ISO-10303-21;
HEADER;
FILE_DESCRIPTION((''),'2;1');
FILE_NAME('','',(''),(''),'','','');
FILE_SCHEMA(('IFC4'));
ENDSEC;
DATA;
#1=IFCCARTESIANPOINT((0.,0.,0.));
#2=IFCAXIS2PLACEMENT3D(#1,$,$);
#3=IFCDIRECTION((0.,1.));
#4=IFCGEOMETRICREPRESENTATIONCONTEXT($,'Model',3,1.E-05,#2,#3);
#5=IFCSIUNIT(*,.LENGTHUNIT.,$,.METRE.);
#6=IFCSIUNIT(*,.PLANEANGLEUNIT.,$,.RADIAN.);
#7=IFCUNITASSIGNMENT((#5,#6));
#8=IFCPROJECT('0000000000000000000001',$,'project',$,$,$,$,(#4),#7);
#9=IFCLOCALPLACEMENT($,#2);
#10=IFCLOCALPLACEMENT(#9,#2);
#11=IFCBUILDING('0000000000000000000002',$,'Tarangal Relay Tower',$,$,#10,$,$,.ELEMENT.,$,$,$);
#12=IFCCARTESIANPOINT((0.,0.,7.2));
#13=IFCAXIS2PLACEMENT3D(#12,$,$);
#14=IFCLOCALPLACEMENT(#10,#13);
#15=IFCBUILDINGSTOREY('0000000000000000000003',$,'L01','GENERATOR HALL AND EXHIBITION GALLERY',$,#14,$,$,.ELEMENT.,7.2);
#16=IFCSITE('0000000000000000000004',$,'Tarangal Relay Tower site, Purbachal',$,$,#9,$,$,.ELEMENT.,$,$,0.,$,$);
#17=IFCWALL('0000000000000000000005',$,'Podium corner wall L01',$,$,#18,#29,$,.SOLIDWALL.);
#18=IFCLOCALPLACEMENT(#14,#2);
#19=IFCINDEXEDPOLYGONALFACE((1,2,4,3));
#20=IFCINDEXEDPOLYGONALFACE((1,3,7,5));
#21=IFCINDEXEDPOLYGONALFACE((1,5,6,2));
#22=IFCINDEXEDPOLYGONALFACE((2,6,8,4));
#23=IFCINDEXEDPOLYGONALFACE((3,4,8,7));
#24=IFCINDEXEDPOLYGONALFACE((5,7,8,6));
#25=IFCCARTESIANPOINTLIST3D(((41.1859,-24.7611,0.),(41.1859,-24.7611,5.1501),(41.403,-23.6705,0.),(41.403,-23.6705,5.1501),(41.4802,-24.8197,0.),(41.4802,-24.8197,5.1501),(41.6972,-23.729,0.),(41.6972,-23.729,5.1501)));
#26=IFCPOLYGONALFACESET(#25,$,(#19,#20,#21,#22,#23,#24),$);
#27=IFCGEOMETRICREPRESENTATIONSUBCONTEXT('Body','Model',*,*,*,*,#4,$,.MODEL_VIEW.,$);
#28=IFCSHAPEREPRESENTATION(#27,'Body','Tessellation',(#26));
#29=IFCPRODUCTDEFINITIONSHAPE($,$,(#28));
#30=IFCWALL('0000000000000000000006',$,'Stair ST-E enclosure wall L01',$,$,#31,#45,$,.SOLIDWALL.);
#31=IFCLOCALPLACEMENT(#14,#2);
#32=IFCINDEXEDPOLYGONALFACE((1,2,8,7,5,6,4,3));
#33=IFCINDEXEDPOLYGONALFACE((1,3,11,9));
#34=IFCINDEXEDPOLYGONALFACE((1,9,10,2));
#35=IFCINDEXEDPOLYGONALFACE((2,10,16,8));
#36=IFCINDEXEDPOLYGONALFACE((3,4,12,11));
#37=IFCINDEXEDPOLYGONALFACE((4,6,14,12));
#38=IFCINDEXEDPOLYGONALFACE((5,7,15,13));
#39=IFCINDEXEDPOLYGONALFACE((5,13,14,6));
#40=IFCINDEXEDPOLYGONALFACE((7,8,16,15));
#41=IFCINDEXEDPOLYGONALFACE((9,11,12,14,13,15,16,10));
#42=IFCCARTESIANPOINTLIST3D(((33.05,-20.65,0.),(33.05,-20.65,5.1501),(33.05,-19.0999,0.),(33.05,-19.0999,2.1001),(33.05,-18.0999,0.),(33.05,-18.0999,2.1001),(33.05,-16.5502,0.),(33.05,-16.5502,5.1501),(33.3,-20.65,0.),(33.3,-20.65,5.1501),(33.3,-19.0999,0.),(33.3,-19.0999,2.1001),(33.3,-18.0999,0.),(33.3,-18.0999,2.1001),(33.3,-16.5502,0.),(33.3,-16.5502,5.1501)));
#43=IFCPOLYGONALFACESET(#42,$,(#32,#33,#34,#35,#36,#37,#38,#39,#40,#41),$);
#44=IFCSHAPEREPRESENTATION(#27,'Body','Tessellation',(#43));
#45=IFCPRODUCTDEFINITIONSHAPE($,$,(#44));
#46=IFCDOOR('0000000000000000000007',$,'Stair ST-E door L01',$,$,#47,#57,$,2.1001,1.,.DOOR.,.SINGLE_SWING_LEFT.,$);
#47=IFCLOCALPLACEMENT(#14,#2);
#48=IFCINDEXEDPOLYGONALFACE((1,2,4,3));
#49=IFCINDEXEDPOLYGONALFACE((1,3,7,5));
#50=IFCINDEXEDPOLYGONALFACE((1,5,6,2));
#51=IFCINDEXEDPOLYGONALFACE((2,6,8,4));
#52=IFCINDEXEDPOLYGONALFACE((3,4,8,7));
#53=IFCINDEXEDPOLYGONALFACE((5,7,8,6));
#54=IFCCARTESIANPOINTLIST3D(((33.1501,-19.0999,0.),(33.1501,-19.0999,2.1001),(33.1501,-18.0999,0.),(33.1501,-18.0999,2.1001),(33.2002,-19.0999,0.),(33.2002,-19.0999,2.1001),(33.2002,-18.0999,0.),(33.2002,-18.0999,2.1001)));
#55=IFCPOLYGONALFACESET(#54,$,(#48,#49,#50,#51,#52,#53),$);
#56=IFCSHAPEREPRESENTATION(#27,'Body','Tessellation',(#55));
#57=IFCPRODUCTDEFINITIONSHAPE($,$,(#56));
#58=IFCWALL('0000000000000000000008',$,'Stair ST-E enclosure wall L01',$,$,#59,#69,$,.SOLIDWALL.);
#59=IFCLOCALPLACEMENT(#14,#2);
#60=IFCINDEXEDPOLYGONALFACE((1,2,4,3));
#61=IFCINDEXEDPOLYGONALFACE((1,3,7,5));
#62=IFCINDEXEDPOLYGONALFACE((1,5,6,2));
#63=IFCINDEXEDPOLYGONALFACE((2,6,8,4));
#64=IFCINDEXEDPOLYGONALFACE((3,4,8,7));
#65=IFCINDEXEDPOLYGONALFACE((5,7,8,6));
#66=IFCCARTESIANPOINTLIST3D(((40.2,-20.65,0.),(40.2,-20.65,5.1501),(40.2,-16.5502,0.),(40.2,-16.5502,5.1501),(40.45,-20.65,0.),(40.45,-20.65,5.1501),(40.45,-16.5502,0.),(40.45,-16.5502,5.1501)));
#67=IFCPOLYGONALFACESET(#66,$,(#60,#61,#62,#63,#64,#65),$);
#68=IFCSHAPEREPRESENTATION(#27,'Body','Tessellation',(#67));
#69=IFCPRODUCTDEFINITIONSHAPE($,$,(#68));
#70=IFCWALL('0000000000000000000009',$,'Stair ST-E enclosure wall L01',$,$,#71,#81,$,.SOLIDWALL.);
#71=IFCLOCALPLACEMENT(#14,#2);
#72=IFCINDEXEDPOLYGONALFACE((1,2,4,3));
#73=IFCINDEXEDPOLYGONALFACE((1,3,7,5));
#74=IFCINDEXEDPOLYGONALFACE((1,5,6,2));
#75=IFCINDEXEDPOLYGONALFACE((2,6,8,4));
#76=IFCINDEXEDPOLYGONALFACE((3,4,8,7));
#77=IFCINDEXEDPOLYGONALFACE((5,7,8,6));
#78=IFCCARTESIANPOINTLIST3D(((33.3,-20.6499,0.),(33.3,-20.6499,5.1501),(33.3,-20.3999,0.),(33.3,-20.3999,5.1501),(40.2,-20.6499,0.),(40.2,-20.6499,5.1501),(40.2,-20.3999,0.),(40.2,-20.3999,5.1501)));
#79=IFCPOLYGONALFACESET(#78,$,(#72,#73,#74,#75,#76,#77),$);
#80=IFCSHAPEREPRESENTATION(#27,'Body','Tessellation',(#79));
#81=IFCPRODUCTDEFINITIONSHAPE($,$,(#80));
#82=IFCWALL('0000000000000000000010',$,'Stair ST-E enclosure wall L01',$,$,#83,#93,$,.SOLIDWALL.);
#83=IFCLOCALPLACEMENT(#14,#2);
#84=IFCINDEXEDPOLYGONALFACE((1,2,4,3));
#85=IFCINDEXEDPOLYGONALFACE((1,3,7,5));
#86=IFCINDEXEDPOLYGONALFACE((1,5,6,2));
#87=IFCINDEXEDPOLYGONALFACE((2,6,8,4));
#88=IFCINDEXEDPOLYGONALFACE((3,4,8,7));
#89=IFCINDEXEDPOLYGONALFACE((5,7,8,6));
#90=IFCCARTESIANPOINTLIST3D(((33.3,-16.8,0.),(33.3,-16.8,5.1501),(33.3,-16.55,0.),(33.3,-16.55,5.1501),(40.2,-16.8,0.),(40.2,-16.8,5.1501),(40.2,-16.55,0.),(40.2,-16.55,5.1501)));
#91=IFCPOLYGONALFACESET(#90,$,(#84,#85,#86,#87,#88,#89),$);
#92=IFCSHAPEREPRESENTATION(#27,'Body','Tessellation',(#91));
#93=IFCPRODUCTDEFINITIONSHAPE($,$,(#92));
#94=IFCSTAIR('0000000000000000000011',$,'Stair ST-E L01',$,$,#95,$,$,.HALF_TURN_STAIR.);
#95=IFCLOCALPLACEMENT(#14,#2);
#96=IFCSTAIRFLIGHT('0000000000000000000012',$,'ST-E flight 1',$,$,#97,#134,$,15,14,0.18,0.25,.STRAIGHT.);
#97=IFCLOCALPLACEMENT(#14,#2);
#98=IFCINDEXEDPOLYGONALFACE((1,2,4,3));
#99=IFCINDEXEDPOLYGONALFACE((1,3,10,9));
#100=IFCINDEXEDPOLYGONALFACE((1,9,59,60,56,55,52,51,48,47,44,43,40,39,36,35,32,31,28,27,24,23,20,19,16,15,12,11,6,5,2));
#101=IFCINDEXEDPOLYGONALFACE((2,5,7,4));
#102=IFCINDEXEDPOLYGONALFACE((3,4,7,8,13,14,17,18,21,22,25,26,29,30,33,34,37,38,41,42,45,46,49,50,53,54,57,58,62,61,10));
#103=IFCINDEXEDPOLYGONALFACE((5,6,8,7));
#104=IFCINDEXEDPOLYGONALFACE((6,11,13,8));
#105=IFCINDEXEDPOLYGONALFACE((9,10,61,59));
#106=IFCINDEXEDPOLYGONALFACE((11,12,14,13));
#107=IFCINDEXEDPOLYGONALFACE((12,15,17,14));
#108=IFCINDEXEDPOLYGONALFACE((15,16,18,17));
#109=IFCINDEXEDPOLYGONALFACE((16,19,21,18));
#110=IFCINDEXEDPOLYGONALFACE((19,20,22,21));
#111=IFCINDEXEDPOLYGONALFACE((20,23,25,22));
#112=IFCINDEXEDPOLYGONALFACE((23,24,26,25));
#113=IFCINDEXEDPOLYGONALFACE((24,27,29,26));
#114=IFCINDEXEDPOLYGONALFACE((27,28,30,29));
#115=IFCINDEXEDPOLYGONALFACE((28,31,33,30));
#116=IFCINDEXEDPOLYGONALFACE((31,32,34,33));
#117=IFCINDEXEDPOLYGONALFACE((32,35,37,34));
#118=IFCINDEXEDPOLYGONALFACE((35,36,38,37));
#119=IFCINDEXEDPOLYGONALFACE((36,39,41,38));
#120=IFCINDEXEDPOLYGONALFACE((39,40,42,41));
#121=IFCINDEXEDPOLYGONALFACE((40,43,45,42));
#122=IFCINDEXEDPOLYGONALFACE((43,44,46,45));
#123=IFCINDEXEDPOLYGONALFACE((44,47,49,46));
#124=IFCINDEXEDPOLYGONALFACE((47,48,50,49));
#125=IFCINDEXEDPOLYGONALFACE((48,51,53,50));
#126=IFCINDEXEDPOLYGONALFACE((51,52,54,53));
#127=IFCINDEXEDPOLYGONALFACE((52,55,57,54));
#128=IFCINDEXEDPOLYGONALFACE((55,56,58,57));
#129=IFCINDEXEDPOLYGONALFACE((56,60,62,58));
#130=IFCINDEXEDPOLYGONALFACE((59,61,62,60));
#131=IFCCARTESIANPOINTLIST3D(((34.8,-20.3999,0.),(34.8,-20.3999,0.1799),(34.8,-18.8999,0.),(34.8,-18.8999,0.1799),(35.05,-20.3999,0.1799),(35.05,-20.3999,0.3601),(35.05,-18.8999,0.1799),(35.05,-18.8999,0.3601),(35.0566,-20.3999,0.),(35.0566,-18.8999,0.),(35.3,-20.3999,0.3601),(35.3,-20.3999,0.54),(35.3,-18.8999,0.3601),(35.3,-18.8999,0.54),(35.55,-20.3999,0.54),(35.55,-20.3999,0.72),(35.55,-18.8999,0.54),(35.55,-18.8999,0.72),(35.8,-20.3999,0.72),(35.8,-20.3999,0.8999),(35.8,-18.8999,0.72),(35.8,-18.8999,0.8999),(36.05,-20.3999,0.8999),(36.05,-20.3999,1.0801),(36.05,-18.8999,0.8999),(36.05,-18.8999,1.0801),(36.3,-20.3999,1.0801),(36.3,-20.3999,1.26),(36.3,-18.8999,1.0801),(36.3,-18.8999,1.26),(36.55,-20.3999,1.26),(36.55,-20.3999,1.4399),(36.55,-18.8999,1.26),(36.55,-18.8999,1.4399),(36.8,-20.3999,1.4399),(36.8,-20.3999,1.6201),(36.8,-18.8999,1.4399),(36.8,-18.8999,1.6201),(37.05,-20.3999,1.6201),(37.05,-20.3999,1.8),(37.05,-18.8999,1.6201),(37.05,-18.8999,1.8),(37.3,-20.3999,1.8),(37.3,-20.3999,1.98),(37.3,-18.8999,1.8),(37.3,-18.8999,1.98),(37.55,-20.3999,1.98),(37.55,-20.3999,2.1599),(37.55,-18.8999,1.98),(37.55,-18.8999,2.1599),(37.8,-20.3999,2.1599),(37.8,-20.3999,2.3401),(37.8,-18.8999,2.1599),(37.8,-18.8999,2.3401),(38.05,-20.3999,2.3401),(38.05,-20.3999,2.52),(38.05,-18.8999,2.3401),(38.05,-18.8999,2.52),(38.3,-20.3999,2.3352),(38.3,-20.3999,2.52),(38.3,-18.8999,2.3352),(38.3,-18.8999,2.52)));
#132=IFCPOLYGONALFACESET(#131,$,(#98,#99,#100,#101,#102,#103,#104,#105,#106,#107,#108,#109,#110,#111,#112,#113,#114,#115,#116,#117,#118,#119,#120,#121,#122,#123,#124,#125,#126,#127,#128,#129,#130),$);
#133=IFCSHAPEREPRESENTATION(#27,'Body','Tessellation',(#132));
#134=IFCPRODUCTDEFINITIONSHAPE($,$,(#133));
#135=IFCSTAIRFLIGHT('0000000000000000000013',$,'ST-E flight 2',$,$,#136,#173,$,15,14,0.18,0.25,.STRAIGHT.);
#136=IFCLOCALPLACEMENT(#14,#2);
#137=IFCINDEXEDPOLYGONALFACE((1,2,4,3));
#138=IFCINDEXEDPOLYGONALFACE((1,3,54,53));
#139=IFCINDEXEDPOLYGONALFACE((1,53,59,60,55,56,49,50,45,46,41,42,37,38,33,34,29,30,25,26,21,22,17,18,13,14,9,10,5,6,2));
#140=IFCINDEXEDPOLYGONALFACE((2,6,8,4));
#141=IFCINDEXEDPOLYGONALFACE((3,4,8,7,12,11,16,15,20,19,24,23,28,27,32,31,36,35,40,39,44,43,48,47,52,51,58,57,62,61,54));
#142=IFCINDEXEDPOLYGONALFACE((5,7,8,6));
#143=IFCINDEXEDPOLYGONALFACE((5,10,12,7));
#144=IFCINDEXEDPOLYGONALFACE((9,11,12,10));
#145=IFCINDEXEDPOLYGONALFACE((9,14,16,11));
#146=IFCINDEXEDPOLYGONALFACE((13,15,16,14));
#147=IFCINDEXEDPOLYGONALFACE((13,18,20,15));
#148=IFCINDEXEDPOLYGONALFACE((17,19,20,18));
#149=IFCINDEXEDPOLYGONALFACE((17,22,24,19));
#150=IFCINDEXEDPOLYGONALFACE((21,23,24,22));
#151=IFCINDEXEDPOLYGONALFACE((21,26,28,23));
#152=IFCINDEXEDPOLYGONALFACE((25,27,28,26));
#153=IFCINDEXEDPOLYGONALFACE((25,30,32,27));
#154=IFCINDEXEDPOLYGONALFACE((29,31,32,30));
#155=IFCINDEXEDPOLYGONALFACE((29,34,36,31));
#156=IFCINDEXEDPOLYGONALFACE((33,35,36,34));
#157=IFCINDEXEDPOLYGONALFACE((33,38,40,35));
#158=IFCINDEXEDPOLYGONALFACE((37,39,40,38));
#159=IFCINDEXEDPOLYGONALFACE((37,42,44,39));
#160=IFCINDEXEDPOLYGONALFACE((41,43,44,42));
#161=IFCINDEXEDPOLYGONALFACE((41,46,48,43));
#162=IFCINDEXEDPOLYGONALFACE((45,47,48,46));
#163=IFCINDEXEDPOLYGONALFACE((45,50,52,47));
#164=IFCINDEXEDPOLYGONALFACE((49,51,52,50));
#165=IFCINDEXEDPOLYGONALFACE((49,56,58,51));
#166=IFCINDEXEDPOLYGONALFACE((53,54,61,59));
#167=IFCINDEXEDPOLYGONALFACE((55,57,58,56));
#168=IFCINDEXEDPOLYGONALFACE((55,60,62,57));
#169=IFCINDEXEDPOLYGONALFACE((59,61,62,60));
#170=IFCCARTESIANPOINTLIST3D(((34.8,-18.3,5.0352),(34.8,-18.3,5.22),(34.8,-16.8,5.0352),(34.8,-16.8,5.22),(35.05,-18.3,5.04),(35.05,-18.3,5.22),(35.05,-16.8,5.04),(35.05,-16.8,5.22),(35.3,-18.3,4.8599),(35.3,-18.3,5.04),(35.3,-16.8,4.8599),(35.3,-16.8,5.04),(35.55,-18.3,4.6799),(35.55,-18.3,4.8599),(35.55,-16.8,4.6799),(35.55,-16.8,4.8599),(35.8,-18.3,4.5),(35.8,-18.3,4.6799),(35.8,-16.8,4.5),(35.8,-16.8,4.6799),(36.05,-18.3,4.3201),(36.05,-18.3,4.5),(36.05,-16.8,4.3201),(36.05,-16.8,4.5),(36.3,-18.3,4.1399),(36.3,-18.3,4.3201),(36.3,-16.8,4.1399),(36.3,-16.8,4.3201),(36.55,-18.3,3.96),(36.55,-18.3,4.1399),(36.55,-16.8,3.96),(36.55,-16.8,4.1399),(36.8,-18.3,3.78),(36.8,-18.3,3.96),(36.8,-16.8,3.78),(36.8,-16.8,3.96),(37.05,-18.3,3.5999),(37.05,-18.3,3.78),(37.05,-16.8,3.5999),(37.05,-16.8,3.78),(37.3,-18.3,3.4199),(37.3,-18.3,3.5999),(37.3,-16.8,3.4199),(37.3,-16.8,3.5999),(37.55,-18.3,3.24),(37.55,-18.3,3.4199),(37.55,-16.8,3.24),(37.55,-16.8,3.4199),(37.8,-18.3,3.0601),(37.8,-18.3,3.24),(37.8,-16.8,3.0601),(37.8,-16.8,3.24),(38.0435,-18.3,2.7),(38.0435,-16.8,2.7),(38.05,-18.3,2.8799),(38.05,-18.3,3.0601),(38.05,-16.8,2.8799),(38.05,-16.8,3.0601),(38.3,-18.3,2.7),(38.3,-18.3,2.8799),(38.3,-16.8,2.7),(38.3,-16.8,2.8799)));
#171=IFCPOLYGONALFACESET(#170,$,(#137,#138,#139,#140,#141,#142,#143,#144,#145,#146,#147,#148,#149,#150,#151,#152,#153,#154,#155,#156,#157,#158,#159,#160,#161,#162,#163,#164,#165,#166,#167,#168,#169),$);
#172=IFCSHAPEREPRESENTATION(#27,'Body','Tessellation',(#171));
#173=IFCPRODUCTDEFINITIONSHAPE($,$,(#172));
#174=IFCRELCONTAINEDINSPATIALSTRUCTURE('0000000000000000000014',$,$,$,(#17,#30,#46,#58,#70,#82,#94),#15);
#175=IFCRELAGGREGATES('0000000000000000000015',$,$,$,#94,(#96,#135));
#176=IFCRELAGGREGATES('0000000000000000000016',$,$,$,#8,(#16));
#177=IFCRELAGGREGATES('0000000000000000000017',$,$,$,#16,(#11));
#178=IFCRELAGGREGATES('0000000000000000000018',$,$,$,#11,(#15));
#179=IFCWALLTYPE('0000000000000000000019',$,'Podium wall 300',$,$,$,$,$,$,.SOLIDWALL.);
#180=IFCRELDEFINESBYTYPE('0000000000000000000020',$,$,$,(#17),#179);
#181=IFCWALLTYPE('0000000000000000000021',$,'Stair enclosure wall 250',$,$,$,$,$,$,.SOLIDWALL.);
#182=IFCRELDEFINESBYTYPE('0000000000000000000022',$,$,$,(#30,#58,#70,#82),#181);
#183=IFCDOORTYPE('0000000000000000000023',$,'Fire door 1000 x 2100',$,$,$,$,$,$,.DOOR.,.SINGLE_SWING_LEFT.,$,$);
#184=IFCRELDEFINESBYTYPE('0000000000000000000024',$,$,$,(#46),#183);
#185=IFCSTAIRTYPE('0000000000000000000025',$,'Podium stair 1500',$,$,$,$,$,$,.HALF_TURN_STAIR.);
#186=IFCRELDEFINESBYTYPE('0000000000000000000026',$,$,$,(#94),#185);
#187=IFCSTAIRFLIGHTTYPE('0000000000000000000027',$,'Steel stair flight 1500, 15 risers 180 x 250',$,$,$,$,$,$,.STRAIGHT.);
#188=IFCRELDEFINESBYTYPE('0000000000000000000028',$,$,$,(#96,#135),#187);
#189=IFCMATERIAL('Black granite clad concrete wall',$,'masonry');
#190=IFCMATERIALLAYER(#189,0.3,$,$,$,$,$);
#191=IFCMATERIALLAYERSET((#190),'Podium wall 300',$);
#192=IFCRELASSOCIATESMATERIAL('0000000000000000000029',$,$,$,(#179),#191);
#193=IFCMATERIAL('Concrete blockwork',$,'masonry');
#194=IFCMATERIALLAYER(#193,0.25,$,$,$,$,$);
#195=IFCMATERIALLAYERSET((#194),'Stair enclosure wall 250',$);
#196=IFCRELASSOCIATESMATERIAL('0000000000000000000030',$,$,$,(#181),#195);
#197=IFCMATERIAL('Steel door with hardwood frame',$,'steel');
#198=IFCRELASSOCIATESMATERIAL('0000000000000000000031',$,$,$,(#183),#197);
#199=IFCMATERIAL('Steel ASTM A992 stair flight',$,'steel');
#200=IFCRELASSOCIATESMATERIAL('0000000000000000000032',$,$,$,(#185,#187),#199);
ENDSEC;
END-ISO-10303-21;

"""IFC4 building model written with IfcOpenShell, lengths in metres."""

from ifc_helpers import new_model, si_unit, direction, frame, frame_2d, origin, place, context, subcontext, project, spatial, polyline, rectangle, outline, extrude, material, layer, layer_set, type_object, element, fill, aggregate, save


model = new_model("IFC4")

# Units and contexts
model_context = context("Model", 3, precision=1e-05, world=origin(), true_north=direction((0.0, 1.0)))
body_context = subcontext(model_context, "Body", "Model", "MODEL_VIEW")
ifc_project = project(units=[si_unit("LENGTHUNIT", "METRE"), si_unit("PLANEANGLEUNIT", "RADIAN")], contexts=[model_context])

# Site, building, storey
site_placement = place(None, origin())
site = spatial("IfcSite", under=ifc_project, at=site_placement, Name="Tarangal Relay Tower site, Purbachal", CompositionType="ELEMENT", RefElevation=0.0)
building_placement = place(site_placement, origin())
building = spatial("IfcBuilding", under=site, at=building_placement, Name="Tarangal Relay Tower", CompositionType="ELEMENT")
storey_placement = place(building_placement, frame((0.0, 0.0, 7.2)))
storey = spatial("IfcBuildingStorey", under=building, at=storey_placement, Name="L01", Description="GENERATOR HALL AND EXHIBITION GALLERY", CompositionType="ELEMENT", Elevation=7.2)

# Wall
ifc_material_1 = material(Name="Black granite clad concrete wall", Category="masonry")
ifc_layer_1 = layer(ifc_material_1, 0.3)
ifc_layer_set_1 = layer_set([ifc_layer_1], Name="Podium wall 300")
wall_type_1 = type_object("IfcWallType", Name="Podium wall 300", PredefinedType="SOLIDWALL", material=ifc_layer_set_1)
for number, where, z_axis, x_axis, name in (
    (1, (41.333, -24.7905, 0.0), (0.0, 0.0, 1.0), (0.195187, 0.980766, 0.0), "Podium corner wall L01"),
):
    element("IfcWall", number, at=place(storey_placement, frame(where, z_axis=z_axis, x_axis=x_axis)), inside=storey, type_object=wall_type_1, Name=name, PredefinedType="SOLIDWALL", context=body_context, shape_type="SweptSolid", body=[
        extrude(rectangle(XDim=1.1121, YDim=0.3, at=frame_2d((0.5562, 0.0))), origin(), (0.0, 0.0, 1.0), 5.1501),
    ])

# Wall, opening, door
ifc_material_2 = material(Name="Concrete blockwork", Category="masonry")
ifc_layer_2 = layer(ifc_material_2, 0.25)
ifc_layer_set_2 = layer_set([ifc_layer_2], Name="Stair enclosure wall 250")
wall_type_2 = type_object("IfcWallType", Name="Stair enclosure wall 250", PredefinedType="SOLIDWALL", material=ifc_layer_set_2)
wall_1_placement = place(storey_placement, frame((33.175, -20.6499, 0.0), z_axis=(0.0, 0.0, 1.0), x_axis=(0.0, 1.0, 0.0)))
wall_1 = element("IfcWall", 2, at=wall_1_placement, inside=storey, type_object=wall_type_2, Name="Stair ST-E enclosure wall L01", PredefinedType="SOLIDWALL", context=body_context, shape_type="SweptSolid", body=[
    extrude(rectangle(XDim=4.0999, YDim=0.25, at=frame_2d((2.0498, 0.0))), origin(), (0.0, 0.0, 1.0), 5.1501),
])
opening_placement = place(wall_1_placement, frame((1.55, 0.0, 0.0)))
opening = element("IfcOpeningElement", 3, at=opening_placement, cuts=wall_1, PredefinedType="OPENING", context=body_context, shape_type="SweptSolid", body=[
    extrude(rectangle(XDim=1.0, YDim=2.1001, at=frame_2d((0.5, 1.05))), frame((0.0, 0.135, 0.0), z_axis=(0.0, -1.0, 0.0), x_axis=(1.0, 0.0, 0.0)), (0.0, 0.0, 1.0), 0.27),
])
ifc_material_3 = material(Name="Steel door with hardwood frame", Category="steel")
door_type = type_object("IfcDoorType", Name="Fire door 1000 x 2100", OperationType="SINGLE_SWING_LEFT", PredefinedType="DOOR", material=ifc_material_3)
door_placement = place(opening_placement, origin())
door = element("IfcDoor", 4, at=door_placement, inside=storey, type_object=door_type, Name="Stair ST-E door L01", OperationType="SINGLE_SWING_LEFT", OverallHeight=2.1001, OverallWidth=1.0, PredefinedType="DOOR", context=body_context, shape_type="SweptSolid", body=[
    extrude(rectangle(XDim=1.0, YDim=2.1001, at=frame_2d((0.5, 1.05))), frame((0.0, 0.0249, 0.0), z_axis=(0.0, -1.0, 0.0), x_axis=(1.0, 0.0, 0.0)), (0.0, 0.0, 1.0), 0.05),
])
fill(opening, door)

# Walls
wall_2_placement = place(storey_placement, frame((40.325, -20.6499, 0.0), z_axis=(0.0, 0.0, 1.0), x_axis=(0.0, 1.0, 0.0)))
element("IfcWall", 5, at=wall_2_placement, inside=storey, type_object=wall_type_2, Name="Stair ST-E enclosure wall L01", PredefinedType="SOLIDWALL", context=body_context, shape_type="SweptSolid", body=[
    extrude(rectangle(XDim=4.0999, YDim=0.25, at=frame_2d((2.0498, 0.0))), origin(), (0.0, 0.0, 1.0), 5.1501),
])
for number, where, z_axis, x_axis, name in (
    (6, (33.3, -20.5249, 0.0), (0.0, 0.0, 1.0), (1.0, 0.0, 0.0), "Stair ST-E enclosure wall L01"),
    (7, (33.3, -16.675, 0.0), (0.0, 0.0, 1.0), (1.0, 0.0, 0.0), "Stair ST-E enclosure wall L01"),
):
    element("IfcWall", number, at=place(storey_placement, frame(where, z_axis=z_axis, x_axis=x_axis)), inside=storey, type_object=wall_type_2, Name=name, PredefinedType="SOLIDWALL", context=body_context, shape_type="SweptSolid", body=[
        extrude(rectangle(XDim=6.8999, YDim=0.25, at=frame_2d((3.45, 0.0))), origin(), (0.0, 0.0, 1.0), 5.1501),
    ])

# Stair, stair flights
ifc_material_4 = material(Name="Steel ASTM A992 stair flight", Category="steel")
stair_type = type_object("IfcStairType", Name="Podium stair 1500", PredefinedType="HALF_TURN_STAIR", material=ifc_material_4)
stair_placement = place(storey_placement, origin())
stair = element("IfcStair", 8, at=stair_placement, inside=storey, type_object=stair_type, Name="Stair ST-E L01", PredefinedType="HALF_TURN_STAIR")
stair_flight_type = type_object("IfcStairFlightType", Name="Steel stair flight 1500, 15 risers 180 x 250", PredefinedType="STRAIGHT", material=ifc_material_4)
stair_flight_1_placement = place(storey_placement, frame((34.8, -19.6499, 0.0), z_axis=(0.0, 0.0, 1.0), x_axis=(1.0, 0.0, 0.0)))
stair_flight_1 = element("IfcStairFlight", 9, at=stair_flight_1_placement, type_object=stair_flight_type, Name="ST-E flight 1", NumberOfRisers=15, NumberOfTreads=14, PredefinedType="STRAIGHT", RiserHeight=0.18, TreadLength=0.25, context=body_context, shape_type="SweptSolid", body=[
    extrude(outline(polyline([(0.0, 0.0), (0.0, 0.1799), (0.25, 0.1799), (0.25, 0.3601), (0.5, 0.3601), (0.5, 0.54), (0.75, 0.54), (0.75, 0.72), (1.0, 0.72), (1.0, 0.8999), (1.25, 0.8999), (1.25, 1.0801), (1.5, 1.0801), (1.5, 1.26), (1.75, 1.26), (1.75, 1.4399), (2.0, 1.4399), (2.0, 1.6201), (2.25, 1.6201), (2.25, 1.8), (2.5, 1.8), (2.5, 1.98), (2.75, 1.98), (2.75, 2.1599), (3.0, 2.1599), (3.0, 2.3401), (3.25, 2.3401), (3.25, 2.52), (3.5, 2.52), (3.5, 2.7), (3.5, 2.3352), (0.2566, 0.0), (0.0, 0.0)])), frame((0.0, 0.75, 0.0), z_axis=(0.0, -1.0, 0.0), x_axis=(1.0, 0.0, 0.0)), (0.0, 0.0, 1.0), 1.5),
])
stair_flight_2_placement = place(storey_placement, frame((38.3, -17.55, 2.7), z_axis=(0.0, 0.0, 1.0), x_axis=(-1.0, 0.0, 0.0)))
stair_flight_2 = element("IfcStairFlight", 10, at=stair_flight_2_placement, type_object=stair_flight_type, Name="ST-E flight 2", NumberOfRisers=15, NumberOfTreads=14, PredefinedType="STRAIGHT", RiserHeight=0.18, TreadLength=0.25, context=body_context, shape_type="SweptSolid", body=[
    extrude(outline(polyline([(0.0, 0.0), (0.0, 0.1799), (0.25, 0.1799), (0.25, 0.3601), (0.5, 0.3601), (0.5, 0.54), (0.75, 0.54), (0.75, 0.72), (1.0, 0.72), (1.0, 0.8999), (1.25, 0.8999), (1.25, 1.0801), (1.5, 1.0801), (1.5, 1.26), (1.75, 1.26), (1.75, 1.4399), (2.0, 1.4399), (2.0, 1.6201), (2.25, 1.6201), (2.25, 1.8), (2.5, 1.8), (2.5, 1.98), (2.75, 1.98), (2.75, 2.1599), (3.0, 2.1599), (3.0, 2.3401), (3.25, 2.3401), (3.25, 2.52), (3.5, 2.52), (3.5, 2.7), (3.5, 2.3352), (0.2566, 0.0), (0.0, 0.0)])), frame((0.0, 0.75, 0.0), z_axis=(0.0, -1.0, 0.0), x_axis=(1.0, 0.0, 0.0)), (0.0, 0.0, 1.0), 1.5),
])
aggregate(stair, [stair_flight_1, stair_flight_2])

save(model, "model.ifc")
